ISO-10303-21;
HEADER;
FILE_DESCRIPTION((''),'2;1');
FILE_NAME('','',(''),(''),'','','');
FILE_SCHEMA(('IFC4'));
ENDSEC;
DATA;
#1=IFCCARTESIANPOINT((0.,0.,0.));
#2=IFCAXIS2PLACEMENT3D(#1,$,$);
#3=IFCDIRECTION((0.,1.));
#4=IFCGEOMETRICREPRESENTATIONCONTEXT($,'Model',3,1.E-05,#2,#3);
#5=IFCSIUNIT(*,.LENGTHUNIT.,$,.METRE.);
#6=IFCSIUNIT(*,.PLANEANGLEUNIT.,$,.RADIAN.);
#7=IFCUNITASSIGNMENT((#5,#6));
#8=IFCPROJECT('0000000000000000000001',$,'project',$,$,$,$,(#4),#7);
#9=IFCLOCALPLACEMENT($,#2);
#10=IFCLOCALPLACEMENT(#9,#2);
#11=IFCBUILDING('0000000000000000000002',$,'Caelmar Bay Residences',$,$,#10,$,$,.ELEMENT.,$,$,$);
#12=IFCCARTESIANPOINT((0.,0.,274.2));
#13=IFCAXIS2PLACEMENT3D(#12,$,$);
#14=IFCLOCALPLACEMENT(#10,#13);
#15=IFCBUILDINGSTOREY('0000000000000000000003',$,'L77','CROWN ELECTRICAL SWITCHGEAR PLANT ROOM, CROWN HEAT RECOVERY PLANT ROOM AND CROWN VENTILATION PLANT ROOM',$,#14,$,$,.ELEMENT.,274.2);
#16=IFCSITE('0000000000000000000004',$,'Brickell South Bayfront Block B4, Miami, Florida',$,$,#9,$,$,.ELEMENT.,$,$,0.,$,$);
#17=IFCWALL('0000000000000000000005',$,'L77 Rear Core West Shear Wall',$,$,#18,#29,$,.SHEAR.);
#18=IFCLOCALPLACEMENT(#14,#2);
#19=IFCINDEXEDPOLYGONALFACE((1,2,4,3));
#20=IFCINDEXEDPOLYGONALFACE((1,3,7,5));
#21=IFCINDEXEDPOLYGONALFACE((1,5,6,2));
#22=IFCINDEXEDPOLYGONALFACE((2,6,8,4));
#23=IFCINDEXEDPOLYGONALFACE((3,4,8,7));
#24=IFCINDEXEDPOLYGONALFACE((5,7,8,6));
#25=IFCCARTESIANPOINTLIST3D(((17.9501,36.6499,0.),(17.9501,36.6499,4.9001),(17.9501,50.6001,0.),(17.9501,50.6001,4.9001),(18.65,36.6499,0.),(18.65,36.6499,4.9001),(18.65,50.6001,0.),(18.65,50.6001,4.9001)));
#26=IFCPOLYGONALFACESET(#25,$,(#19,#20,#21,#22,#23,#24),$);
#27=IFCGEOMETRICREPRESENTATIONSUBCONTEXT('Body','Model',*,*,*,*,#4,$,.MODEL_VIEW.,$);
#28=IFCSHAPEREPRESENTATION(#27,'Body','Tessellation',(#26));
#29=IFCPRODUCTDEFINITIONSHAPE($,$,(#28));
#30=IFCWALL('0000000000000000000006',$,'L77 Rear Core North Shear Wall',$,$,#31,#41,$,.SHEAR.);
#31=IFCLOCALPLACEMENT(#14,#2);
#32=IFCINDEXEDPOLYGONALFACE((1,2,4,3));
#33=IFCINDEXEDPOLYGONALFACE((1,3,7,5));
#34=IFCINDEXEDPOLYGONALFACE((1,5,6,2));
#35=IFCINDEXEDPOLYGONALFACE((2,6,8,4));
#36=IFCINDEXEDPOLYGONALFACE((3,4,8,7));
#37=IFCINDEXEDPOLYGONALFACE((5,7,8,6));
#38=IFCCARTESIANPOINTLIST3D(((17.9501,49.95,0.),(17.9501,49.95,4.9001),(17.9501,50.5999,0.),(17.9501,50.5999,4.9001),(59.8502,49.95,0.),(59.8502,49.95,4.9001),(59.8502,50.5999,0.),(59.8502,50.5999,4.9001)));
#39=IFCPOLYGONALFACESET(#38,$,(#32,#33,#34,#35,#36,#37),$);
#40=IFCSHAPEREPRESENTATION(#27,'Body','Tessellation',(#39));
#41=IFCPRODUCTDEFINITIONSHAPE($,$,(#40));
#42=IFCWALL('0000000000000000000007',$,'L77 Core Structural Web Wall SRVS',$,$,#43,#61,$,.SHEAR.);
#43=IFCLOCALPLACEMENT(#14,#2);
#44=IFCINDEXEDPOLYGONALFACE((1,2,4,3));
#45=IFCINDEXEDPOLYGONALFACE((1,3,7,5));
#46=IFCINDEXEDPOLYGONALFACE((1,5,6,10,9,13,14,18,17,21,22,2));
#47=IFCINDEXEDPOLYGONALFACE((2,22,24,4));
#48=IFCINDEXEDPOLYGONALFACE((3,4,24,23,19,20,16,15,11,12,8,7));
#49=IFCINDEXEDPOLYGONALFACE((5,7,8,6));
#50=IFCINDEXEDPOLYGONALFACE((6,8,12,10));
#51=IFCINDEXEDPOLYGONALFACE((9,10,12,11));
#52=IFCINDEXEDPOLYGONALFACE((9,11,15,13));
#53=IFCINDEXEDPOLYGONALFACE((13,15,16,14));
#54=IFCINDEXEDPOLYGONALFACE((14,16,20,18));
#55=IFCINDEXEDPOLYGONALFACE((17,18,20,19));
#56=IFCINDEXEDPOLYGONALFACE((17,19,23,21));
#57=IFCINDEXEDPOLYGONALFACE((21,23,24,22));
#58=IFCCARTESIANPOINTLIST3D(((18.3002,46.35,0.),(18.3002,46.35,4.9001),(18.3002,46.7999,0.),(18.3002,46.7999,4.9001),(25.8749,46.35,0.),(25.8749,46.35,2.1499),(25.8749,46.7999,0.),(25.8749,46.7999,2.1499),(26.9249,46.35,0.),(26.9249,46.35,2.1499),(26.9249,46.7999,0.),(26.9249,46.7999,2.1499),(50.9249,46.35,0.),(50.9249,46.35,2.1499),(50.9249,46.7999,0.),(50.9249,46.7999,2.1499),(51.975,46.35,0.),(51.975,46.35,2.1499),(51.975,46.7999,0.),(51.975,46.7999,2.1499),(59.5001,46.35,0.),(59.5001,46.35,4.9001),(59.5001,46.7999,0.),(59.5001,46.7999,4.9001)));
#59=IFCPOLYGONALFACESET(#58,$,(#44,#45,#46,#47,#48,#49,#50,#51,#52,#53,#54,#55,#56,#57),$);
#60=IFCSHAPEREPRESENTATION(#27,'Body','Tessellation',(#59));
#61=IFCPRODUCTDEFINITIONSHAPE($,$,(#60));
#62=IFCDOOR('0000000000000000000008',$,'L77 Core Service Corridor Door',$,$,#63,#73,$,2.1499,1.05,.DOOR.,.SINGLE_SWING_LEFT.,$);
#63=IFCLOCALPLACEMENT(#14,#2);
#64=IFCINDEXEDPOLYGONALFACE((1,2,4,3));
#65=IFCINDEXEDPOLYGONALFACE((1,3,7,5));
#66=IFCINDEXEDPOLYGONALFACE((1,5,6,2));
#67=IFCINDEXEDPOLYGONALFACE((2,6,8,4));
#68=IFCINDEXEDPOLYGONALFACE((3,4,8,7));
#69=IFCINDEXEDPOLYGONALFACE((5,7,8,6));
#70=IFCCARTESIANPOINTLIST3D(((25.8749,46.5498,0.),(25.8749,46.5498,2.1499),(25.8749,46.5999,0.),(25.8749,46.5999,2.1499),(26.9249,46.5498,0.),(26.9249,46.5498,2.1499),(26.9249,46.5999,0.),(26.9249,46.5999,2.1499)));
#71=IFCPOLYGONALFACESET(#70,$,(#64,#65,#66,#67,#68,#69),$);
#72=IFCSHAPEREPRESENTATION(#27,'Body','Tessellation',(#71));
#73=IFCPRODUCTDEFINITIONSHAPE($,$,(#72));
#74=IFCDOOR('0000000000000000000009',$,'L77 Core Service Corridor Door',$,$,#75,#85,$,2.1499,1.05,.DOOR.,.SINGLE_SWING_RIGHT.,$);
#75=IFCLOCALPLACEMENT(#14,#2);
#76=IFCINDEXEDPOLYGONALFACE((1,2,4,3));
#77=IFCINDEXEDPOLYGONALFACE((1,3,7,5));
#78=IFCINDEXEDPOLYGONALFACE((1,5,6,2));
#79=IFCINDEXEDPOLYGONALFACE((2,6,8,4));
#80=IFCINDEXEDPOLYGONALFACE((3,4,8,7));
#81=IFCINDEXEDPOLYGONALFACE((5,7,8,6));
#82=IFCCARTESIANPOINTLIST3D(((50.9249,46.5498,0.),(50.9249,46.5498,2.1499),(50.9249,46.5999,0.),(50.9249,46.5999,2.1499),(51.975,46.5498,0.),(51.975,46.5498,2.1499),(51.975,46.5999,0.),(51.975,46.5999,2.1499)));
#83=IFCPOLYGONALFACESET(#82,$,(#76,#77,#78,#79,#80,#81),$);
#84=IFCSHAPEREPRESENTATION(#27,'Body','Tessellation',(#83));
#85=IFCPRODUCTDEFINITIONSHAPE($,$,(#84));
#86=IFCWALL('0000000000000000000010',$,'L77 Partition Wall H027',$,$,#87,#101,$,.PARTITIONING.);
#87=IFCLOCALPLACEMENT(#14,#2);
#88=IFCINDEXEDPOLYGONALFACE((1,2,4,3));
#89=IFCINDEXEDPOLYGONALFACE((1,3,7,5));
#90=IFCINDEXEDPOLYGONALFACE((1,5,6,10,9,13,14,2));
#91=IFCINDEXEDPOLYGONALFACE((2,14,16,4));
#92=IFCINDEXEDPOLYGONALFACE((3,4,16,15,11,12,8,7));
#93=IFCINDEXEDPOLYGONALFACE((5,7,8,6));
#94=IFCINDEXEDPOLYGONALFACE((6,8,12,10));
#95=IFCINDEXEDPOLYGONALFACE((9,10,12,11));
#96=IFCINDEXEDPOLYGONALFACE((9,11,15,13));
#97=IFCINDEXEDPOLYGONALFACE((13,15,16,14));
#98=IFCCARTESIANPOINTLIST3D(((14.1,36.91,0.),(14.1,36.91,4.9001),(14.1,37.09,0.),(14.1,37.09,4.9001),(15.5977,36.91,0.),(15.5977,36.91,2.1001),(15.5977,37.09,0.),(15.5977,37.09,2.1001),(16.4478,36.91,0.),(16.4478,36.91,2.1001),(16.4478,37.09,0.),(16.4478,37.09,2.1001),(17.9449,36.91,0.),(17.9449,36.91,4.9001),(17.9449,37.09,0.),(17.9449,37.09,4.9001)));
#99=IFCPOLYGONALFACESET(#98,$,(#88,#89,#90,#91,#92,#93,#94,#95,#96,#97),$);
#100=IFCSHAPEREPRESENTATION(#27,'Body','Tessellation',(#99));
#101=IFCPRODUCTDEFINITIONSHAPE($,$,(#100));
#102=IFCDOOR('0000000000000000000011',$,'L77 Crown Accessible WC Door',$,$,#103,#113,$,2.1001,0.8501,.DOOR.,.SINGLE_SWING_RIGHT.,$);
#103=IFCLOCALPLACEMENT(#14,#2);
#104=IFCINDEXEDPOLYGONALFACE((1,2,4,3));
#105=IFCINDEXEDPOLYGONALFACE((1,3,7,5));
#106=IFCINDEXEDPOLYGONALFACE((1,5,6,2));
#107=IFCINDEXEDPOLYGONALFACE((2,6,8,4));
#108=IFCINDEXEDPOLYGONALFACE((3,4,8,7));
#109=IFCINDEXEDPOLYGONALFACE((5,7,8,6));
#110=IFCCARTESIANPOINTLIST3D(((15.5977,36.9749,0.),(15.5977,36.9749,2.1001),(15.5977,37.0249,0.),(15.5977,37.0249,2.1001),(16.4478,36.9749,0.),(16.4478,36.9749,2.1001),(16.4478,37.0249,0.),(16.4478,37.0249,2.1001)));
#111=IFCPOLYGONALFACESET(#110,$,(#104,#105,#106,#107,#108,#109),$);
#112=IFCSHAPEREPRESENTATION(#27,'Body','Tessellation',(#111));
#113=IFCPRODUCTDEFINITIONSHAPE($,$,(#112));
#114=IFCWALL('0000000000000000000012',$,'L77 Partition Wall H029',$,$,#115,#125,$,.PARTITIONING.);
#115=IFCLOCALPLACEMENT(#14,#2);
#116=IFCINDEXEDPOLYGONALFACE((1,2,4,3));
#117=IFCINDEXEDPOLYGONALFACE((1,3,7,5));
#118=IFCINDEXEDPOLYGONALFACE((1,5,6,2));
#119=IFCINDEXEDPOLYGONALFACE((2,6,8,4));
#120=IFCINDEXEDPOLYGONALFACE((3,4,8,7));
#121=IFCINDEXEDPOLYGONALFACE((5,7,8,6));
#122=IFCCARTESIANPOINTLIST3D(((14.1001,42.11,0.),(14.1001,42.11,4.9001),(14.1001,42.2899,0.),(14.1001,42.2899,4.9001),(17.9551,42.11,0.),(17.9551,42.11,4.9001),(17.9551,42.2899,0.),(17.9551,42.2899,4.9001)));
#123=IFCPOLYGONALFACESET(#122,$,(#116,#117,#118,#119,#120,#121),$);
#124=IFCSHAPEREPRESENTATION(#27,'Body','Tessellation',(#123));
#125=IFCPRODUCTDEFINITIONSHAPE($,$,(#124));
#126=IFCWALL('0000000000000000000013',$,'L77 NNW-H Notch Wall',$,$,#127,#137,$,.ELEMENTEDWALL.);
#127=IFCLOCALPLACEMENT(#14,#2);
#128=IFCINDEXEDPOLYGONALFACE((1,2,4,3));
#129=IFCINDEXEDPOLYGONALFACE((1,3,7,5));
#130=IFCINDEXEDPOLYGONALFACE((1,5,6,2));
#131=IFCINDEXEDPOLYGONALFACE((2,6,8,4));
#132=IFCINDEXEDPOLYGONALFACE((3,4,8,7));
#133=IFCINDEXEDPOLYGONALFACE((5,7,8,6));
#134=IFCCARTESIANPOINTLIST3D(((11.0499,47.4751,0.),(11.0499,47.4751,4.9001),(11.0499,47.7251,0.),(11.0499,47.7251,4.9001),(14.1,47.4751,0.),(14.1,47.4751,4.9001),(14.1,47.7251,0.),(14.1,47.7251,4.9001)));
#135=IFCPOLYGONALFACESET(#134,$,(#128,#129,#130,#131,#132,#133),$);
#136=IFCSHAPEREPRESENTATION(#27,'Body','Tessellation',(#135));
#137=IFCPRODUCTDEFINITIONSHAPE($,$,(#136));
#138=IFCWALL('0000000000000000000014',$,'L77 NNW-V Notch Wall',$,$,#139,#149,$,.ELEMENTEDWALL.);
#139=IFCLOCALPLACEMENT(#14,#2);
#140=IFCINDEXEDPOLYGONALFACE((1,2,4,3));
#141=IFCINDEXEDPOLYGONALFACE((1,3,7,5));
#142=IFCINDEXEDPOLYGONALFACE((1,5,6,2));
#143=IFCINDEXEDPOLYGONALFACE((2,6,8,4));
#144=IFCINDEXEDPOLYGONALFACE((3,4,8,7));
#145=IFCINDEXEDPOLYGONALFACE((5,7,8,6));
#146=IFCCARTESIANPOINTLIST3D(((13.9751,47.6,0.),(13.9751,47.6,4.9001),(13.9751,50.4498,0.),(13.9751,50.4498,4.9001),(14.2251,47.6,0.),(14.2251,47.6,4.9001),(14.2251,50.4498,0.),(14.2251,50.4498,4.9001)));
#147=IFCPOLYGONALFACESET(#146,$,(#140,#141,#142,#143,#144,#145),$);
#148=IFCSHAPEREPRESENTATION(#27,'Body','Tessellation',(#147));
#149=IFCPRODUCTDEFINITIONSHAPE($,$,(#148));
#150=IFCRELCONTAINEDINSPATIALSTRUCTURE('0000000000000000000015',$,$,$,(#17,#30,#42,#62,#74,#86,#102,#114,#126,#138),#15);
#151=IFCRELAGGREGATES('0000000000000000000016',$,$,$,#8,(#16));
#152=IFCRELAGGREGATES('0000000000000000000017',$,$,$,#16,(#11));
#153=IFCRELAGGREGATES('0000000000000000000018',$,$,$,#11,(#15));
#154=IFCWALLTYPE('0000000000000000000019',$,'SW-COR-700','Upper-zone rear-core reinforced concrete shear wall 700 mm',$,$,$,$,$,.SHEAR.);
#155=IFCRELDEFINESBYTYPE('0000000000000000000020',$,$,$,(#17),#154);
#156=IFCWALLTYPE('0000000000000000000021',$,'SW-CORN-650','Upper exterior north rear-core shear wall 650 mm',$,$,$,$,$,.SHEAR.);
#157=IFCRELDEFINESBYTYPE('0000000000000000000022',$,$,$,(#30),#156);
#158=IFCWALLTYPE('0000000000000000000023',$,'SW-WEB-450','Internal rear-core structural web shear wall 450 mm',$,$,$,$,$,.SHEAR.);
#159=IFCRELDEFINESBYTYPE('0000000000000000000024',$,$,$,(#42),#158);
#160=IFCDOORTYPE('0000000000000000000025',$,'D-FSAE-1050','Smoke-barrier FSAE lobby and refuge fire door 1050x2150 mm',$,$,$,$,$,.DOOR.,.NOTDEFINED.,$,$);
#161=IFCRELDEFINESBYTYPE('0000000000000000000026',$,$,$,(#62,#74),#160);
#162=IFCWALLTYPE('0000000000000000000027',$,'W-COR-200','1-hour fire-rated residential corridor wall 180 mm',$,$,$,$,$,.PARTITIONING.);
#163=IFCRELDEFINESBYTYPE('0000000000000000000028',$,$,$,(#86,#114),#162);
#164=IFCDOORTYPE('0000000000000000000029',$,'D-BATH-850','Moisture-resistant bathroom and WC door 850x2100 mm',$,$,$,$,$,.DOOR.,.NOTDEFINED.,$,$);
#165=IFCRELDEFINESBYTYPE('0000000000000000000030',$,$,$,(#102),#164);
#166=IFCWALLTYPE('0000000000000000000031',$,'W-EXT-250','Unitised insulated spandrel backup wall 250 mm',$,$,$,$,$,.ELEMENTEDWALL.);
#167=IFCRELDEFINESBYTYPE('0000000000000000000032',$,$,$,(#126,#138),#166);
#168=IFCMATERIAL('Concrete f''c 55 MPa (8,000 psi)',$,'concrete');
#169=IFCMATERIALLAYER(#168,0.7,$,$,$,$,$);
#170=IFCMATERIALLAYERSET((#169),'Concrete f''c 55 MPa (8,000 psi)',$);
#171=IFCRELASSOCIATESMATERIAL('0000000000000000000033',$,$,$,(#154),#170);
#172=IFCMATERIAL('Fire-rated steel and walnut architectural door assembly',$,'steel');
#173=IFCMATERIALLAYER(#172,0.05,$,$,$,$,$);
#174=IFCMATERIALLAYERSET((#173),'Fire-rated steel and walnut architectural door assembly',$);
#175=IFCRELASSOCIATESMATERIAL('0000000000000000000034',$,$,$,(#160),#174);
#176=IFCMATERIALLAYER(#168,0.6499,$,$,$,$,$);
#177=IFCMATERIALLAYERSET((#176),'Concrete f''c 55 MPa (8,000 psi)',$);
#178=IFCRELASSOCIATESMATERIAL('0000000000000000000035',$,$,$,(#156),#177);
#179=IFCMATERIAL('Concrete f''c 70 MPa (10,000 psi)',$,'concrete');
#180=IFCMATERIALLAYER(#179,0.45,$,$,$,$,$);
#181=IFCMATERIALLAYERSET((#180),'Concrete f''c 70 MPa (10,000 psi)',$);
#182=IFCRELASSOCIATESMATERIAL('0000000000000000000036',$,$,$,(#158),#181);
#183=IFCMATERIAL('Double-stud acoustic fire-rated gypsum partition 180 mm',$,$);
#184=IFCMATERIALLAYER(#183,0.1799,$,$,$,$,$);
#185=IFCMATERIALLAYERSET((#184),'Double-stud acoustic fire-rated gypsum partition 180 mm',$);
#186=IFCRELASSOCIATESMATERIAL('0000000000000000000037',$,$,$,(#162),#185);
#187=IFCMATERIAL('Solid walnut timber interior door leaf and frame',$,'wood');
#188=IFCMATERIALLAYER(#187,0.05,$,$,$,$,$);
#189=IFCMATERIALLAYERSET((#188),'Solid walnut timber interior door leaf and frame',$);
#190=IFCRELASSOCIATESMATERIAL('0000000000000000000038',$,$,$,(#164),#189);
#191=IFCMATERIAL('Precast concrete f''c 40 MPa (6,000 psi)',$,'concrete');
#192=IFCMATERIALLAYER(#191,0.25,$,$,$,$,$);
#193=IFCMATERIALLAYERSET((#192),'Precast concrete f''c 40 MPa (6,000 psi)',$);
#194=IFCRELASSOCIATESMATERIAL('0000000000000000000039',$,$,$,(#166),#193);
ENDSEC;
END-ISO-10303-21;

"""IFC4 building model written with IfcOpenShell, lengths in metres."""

from ifc_helpers import new_model, si_unit, direction, frame, frame_2d, origin, place, context, subcontext, project, spatial, rectangle, extrude, material, layer, layer_set, type_object, element, fill, save


model = new_model("IFC4")

# Units and contexts
model_context = context("Model", 3, precision=1e-05, world=origin(), true_north=direction((0.0, 1.0)))
body_context = subcontext(model_context, "Body", "Model", "MODEL_VIEW")
ifc_project = project(units=[si_unit("LENGTHUNIT", "METRE"), si_unit("PLANEANGLEUNIT", "RADIAN")], contexts=[model_context])

# Site, building, storey
site_placement = place(None, origin())
site = spatial("IfcSite", under=ifc_project, at=site_placement, Name="Brickell South Bayfront Block B4, Miami, Florida", CompositionType="ELEMENT", RefElevation=0.0)
building_placement = place(site_placement, origin())
building = spatial("IfcBuilding", under=site, at=building_placement, Name="Caelmar Bay Residences", CompositionType="ELEMENT")
storey_placement = place(building_placement, frame((0.0, 0.0, 274.2)))
storey = spatial("IfcBuildingStorey", under=building, at=storey_placement, Name="L77", Description="CROWN ELECTRICAL SWITCHGEAR PLANT ROOM, CROWN HEAT RECOVERY PLANT ROOM AND CROWN VENTILATION PLANT ROOM", CompositionType="ELEMENT", Elevation=274.2)

# Shared definitions
ifc_material_1 = material(Name="Concrete f'c 55 MPa (8,000 psi)", Category="concrete")
ifc_layer_1 = layer(ifc_material_1, 0.7)
ifc_layer_set_1 = layer_set([ifc_layer_1], Name="Concrete f'c 55 MPa (8,000 psi)")
wall_type_1 = type_object("IfcWallType", Name="SW-COR-700", Description="Upper-zone rear-core reinforced concrete shear wall 700 mm", PredefinedType="SHEAR", material=ifc_layer_set_1)
ifc_material_2 = material(Name="Fire-rated steel and walnut architectural door assembly", Category="steel")
ifc_layer_2 = layer(ifc_material_2, 0.05)
ifc_layer_set_2 = layer_set([ifc_layer_2], Name="Fire-rated steel and walnut architectural door assembly")
door_type_1 = type_object("IfcDoorType", Name="D-FSAE-1050", Description="Smoke-barrier FSAE lobby and refuge fire door 1050x2150 mm", OperationType="NOTDEFINED", PredefinedType="DOOR", material=ifc_layer_set_2)

# Walls
wall_1_placement = place(storey_placement, frame((18.3, 36.6499, 0.0), z_axis=(0.0, 0.0, 1.0), x_axis=(0.0, 1.0, 0.0)))
element("IfcWall", 1, at=wall_1_placement, inside=storey, type_object=wall_type_1, Name="L77 Rear Core West Shear Wall", PredefinedType="SHEAR", context=body_context, shape_type="SweptSolid", body=[
    extrude(rectangle(XDim=13.9502, YDim=0.7, at=frame_2d((6.9751, 0.0))), origin(), (0.0, 0.0, 1.0), 4.9001),
])
ifc_layer_3 = layer(ifc_material_1, 0.6499)
ifc_layer_set_3 = layer_set([ifc_layer_3], Name="Concrete f'c 55 MPa (8,000 psi)")
wall_type_2 = type_object("IfcWallType", Name="SW-CORN-650", Description="Upper exterior north rear-core shear wall 650 mm", PredefinedType="SHEAR", material=ifc_layer_set_3)
wall_2_placement = place(storey_placement, frame((17.95, 50.2749, 0.0), z_axis=(0.0, 0.0, 1.0), x_axis=(1.0, 0.0, 0.0)))
element("IfcWall", 2, at=wall_2_placement, inside=storey, type_object=wall_type_2, Name="L77 Rear Core North Shear Wall", PredefinedType="SHEAR", context=body_context, shape_type="SweptSolid", body=[
    extrude(rectangle(XDim=41.9001, YDim=0.6499, at=frame_2d((20.9502, 0.0))), origin(), (0.0, 0.0, 1.0), 4.9001),
])

# Wall, openings, doors
ifc_material_3 = material(Name="Concrete f'c 70 MPa (10,000 psi)", Category="concrete")
ifc_layer_4 = layer(ifc_material_3, 0.45)
ifc_layer_set_4 = layer_set([ifc_layer_4], Name="Concrete f'c 70 MPa (10,000 psi)")
wall_type_3 = type_object("IfcWallType", Name="SW-WEB-450", Description="Internal rear-core structural web shear wall 450 mm", PredefinedType="SHEAR", material=ifc_layer_set_4)
wall_3_placement = place(storey_placement, frame((18.3, 46.575, 0.0), z_axis=(0.0, 0.0, 1.0), x_axis=(1.0, 0.0, 0.0)))
wall_3 = element("IfcWall", 3, at=wall_3_placement, inside=storey, type_object=wall_type_3, Name="L77 Core Structural Web Wall SRVS", PredefinedType="SHEAR", context=body_context, shape_type="SweptSolid", body=[
    extrude(rectangle(XDim=41.2, YDim=0.45, at=frame_2d((20.6001, 0.0))), origin(), (0.0, 0.0, 1.0), 4.9001),
])
opening_1_placement = place(wall_3_placement, frame((7.575, 0.0, 0.0)))
opening_1 = element("IfcOpeningElement", 4, at=opening_1_placement, cuts=wall_3, PredefinedType="OPENING", context=body_context, shape_type="SweptSolid", body=[
    extrude(rectangle(XDim=1.05, YDim=2.1499, at=frame_2d((0.5249, 1.075))), frame((0.0, 0.2349, 0.0), z_axis=(0.0, -1.0, 0.0), x_axis=(1.0, 0.0, 0.0)), (0.0, 0.0, 1.0), 0.47),
])
opening_2_placement = place(wall_3_placement, frame((32.625, 0.0, 0.0)))
opening_2 = element("IfcOpeningElement", 5, at=opening_2_placement, cuts=wall_3, PredefinedType="OPENING", context=body_context, shape_type="SweptSolid", body=[
    extrude(rectangle(XDim=1.05, YDim=2.1499, at=frame_2d((0.5249, 1.075))), frame((0.0, 0.2349, 0.0), z_axis=(0.0, -1.0, 0.0), x_axis=(1.0, 0.0, 0.0)), (0.0, 0.0, 1.0), 0.47),
])
door_1_placement = place(opening_1_placement, origin())
door_1 = element("IfcDoor", 6, at=door_1_placement, inside=storey, type_object=door_type_1, Name="L77 Core Service Corridor Door", OperationType="SINGLE_SWING_LEFT", OverallHeight=2.1499, OverallWidth=1.05, PredefinedType="DOOR", context=body_context, shape_type="SweptSolid", body=[
    extrude(rectangle(XDim=1.05, YDim=2.1499, at=frame_2d((0.5249, 1.075))), frame((0.0, 0.0249, 0.0), z_axis=(0.0, -1.0, 0.0), x_axis=(1.0, 0.0, 0.0)), (0.0, 0.0, 1.0), 0.05),
])
fill(opening_1, door_1)
door_2_placement = place(opening_2_placement, origin())
door_2 = element("IfcDoor", 7, at=door_2_placement, inside=storey, type_object=door_type_1, Name="L77 Core Service Corridor Door", OperationType="SINGLE_SWING_RIGHT", OverallHeight=2.1499, OverallWidth=1.05, PredefinedType="DOOR", context=body_context, shape_type="SweptSolid", body=[
    extrude(rectangle(XDim=1.05, YDim=2.1499, at=frame_2d((0.5249, 1.075))), frame((0.0, 0.0249, 0.0), z_axis=(0.0, -1.0, 0.0), x_axis=(1.0, 0.0, 0.0)), (0.0, 0.0, 1.0), 0.05),
])
fill(opening_2, door_2)

# Wall, opening, door
ifc_material_4 = material(Name="Double-stud acoustic fire-rated gypsum partition 180 mm")
ifc_layer_5 = layer(ifc_material_4, 0.1799)
ifc_layer_set_5 = layer_set([ifc_layer_5], Name="Double-stud acoustic fire-rated gypsum partition 180 mm")
wall_type_4 = type_object("IfcWallType", Name="W-COR-200", Description="1-hour fire-rated residential corridor wall 180 mm", PredefinedType="PARTITIONING", material=ifc_layer_set_5)
wall_4_placement = place(storey_placement, frame((14.1001, 37.0, 0.0), z_axis=(0.0, 0.0, 1.0), x_axis=(1.0, 0.0, 0.0)))
wall_4 = element("IfcWall", 8, at=wall_4_placement, inside=storey, type_object=wall_type_4, Name="L77 Partition Wall H027", PredefinedType="PARTITIONING", context=body_context, shape_type="SweptSolid", body=[
    extrude(rectangle(XDim=3.845, YDim=0.1799, at=frame_2d((1.9224, 0.0))), origin(), (0.0, 0.0, 1.0), 4.9001),
])
opening_3_placement = place(wall_4_placement, frame((1.4976, 0.0, 0.0)))
opening_3 = element("IfcOpeningElement", 9, at=opening_3_placement, cuts=wall_4, PredefinedType="OPENING", context=body_context, shape_type="SweptSolid", body=[
    extrude(rectangle(XDim=0.8501, YDim=2.1001, at=frame_2d((0.425, 1.05))), frame((0.0, 0.0999, 0.0), z_axis=(0.0, -1.0, 0.0), x_axis=(1.0, 0.0, 0.0)), (0.0, 0.0, 1.0), 0.2),
])
ifc_material_5 = material(Name="Solid walnut timber interior door leaf and frame", Category="wood")
ifc_layer_6 = layer(ifc_material_5, 0.05)
ifc_layer_set_6 = layer_set([ifc_layer_6], Name="Solid walnut timber interior door leaf and frame")
door_type_2 = type_object("IfcDoorType", Name="D-BATH-850", Description="Moisture-resistant bathroom and WC door 850x2100 mm", OperationType="NOTDEFINED", PredefinedType="DOOR", material=ifc_layer_set_6)
door_3_placement = place(opening_3_placement, origin())
door_3 = element("IfcDoor", 10, at=door_3_placement, inside=storey, type_object=door_type_2, Name="L77 Crown Accessible WC Door", OperationType="SINGLE_SWING_RIGHT", OverallHeight=2.1001, OverallWidth=0.8501, PredefinedType="DOOR", context=body_context, shape_type="SweptSolid", body=[
    extrude(rectangle(XDim=0.8501, YDim=2.1001, at=frame_2d((0.425, 1.05))), frame((0.0, 0.0249, 0.0), z_axis=(0.0, -1.0, 0.0), x_axis=(1.0, 0.0, 0.0)), (0.0, 0.0, 1.0), 0.05),
])
fill(opening_3, door_3)

# Walls
wall_5_placement = place(storey_placement, frame((14.1001, 42.2, 0.0), z_axis=(0.0, 0.0, 1.0), x_axis=(1.0, 0.0, 0.0)))
element("IfcWall", 11, at=wall_5_placement, inside=storey, type_object=wall_type_4, Name="L77 Partition Wall H029", PredefinedType="PARTITIONING", context=body_context, shape_type="SweptSolid", body=[
    extrude(rectangle(XDim=3.855, YDim=0.1799, at=frame_2d((1.9275, 0.0))), origin(), (0.0, 0.0, 1.0), 4.9001),
])
ifc_material_6 = material(Name="Precast concrete f'c 40 MPa (6,000 psi)", Category="concrete")
ifc_layer_7 = layer(ifc_material_6, 0.25)
ifc_layer_set_7 = layer_set([ifc_layer_7], Name="Precast concrete f'c 40 MPa (6,000 psi)")
wall_type_5 = type_object("IfcWallType", Name="W-EXT-250", Description="Unitised insulated spandrel backup wall 250 mm", PredefinedType="ELEMENTEDWALL", material=ifc_layer_set_7)
wall_6_placement = place(storey_placement, frame((11.05, 47.6001, 0.0), z_axis=(0.0, 0.0, 1.0), x_axis=(1.0, 0.0, 0.0)))
element("IfcWall", 12, at=wall_6_placement, inside=storey, type_object=wall_type_5, Name="L77 NNW-H Notch Wall", PredefinedType="ELEMENTEDWALL", context=body_context, shape_type="SweptSolid", body=[
    extrude(rectangle(XDim=3.05, YDim=0.25, at=frame_2d((1.5249, 0.0))), origin(), (0.0, 0.0, 1.0), 4.9001),
])
wall_7_placement = place(storey_placement, frame((14.1001, 47.6001, 0.0), z_axis=(0.0, 0.0, 1.0), x_axis=(0.0, 1.0, 0.0)))
element("IfcWall", 13, at=wall_7_placement, inside=storey, type_object=wall_type_5, Name="L77 NNW-V Notch Wall", PredefinedType="ELEMENTEDWALL", context=body_context, shape_type="SweptSolid", body=[
    extrude(rectangle(XDim=2.8499, YDim=0.25, at=frame_2d((1.4248, 0.0))), origin(), (0.0, 0.0, 1.0), 4.9001),
])

save(model, "model.ifc")
